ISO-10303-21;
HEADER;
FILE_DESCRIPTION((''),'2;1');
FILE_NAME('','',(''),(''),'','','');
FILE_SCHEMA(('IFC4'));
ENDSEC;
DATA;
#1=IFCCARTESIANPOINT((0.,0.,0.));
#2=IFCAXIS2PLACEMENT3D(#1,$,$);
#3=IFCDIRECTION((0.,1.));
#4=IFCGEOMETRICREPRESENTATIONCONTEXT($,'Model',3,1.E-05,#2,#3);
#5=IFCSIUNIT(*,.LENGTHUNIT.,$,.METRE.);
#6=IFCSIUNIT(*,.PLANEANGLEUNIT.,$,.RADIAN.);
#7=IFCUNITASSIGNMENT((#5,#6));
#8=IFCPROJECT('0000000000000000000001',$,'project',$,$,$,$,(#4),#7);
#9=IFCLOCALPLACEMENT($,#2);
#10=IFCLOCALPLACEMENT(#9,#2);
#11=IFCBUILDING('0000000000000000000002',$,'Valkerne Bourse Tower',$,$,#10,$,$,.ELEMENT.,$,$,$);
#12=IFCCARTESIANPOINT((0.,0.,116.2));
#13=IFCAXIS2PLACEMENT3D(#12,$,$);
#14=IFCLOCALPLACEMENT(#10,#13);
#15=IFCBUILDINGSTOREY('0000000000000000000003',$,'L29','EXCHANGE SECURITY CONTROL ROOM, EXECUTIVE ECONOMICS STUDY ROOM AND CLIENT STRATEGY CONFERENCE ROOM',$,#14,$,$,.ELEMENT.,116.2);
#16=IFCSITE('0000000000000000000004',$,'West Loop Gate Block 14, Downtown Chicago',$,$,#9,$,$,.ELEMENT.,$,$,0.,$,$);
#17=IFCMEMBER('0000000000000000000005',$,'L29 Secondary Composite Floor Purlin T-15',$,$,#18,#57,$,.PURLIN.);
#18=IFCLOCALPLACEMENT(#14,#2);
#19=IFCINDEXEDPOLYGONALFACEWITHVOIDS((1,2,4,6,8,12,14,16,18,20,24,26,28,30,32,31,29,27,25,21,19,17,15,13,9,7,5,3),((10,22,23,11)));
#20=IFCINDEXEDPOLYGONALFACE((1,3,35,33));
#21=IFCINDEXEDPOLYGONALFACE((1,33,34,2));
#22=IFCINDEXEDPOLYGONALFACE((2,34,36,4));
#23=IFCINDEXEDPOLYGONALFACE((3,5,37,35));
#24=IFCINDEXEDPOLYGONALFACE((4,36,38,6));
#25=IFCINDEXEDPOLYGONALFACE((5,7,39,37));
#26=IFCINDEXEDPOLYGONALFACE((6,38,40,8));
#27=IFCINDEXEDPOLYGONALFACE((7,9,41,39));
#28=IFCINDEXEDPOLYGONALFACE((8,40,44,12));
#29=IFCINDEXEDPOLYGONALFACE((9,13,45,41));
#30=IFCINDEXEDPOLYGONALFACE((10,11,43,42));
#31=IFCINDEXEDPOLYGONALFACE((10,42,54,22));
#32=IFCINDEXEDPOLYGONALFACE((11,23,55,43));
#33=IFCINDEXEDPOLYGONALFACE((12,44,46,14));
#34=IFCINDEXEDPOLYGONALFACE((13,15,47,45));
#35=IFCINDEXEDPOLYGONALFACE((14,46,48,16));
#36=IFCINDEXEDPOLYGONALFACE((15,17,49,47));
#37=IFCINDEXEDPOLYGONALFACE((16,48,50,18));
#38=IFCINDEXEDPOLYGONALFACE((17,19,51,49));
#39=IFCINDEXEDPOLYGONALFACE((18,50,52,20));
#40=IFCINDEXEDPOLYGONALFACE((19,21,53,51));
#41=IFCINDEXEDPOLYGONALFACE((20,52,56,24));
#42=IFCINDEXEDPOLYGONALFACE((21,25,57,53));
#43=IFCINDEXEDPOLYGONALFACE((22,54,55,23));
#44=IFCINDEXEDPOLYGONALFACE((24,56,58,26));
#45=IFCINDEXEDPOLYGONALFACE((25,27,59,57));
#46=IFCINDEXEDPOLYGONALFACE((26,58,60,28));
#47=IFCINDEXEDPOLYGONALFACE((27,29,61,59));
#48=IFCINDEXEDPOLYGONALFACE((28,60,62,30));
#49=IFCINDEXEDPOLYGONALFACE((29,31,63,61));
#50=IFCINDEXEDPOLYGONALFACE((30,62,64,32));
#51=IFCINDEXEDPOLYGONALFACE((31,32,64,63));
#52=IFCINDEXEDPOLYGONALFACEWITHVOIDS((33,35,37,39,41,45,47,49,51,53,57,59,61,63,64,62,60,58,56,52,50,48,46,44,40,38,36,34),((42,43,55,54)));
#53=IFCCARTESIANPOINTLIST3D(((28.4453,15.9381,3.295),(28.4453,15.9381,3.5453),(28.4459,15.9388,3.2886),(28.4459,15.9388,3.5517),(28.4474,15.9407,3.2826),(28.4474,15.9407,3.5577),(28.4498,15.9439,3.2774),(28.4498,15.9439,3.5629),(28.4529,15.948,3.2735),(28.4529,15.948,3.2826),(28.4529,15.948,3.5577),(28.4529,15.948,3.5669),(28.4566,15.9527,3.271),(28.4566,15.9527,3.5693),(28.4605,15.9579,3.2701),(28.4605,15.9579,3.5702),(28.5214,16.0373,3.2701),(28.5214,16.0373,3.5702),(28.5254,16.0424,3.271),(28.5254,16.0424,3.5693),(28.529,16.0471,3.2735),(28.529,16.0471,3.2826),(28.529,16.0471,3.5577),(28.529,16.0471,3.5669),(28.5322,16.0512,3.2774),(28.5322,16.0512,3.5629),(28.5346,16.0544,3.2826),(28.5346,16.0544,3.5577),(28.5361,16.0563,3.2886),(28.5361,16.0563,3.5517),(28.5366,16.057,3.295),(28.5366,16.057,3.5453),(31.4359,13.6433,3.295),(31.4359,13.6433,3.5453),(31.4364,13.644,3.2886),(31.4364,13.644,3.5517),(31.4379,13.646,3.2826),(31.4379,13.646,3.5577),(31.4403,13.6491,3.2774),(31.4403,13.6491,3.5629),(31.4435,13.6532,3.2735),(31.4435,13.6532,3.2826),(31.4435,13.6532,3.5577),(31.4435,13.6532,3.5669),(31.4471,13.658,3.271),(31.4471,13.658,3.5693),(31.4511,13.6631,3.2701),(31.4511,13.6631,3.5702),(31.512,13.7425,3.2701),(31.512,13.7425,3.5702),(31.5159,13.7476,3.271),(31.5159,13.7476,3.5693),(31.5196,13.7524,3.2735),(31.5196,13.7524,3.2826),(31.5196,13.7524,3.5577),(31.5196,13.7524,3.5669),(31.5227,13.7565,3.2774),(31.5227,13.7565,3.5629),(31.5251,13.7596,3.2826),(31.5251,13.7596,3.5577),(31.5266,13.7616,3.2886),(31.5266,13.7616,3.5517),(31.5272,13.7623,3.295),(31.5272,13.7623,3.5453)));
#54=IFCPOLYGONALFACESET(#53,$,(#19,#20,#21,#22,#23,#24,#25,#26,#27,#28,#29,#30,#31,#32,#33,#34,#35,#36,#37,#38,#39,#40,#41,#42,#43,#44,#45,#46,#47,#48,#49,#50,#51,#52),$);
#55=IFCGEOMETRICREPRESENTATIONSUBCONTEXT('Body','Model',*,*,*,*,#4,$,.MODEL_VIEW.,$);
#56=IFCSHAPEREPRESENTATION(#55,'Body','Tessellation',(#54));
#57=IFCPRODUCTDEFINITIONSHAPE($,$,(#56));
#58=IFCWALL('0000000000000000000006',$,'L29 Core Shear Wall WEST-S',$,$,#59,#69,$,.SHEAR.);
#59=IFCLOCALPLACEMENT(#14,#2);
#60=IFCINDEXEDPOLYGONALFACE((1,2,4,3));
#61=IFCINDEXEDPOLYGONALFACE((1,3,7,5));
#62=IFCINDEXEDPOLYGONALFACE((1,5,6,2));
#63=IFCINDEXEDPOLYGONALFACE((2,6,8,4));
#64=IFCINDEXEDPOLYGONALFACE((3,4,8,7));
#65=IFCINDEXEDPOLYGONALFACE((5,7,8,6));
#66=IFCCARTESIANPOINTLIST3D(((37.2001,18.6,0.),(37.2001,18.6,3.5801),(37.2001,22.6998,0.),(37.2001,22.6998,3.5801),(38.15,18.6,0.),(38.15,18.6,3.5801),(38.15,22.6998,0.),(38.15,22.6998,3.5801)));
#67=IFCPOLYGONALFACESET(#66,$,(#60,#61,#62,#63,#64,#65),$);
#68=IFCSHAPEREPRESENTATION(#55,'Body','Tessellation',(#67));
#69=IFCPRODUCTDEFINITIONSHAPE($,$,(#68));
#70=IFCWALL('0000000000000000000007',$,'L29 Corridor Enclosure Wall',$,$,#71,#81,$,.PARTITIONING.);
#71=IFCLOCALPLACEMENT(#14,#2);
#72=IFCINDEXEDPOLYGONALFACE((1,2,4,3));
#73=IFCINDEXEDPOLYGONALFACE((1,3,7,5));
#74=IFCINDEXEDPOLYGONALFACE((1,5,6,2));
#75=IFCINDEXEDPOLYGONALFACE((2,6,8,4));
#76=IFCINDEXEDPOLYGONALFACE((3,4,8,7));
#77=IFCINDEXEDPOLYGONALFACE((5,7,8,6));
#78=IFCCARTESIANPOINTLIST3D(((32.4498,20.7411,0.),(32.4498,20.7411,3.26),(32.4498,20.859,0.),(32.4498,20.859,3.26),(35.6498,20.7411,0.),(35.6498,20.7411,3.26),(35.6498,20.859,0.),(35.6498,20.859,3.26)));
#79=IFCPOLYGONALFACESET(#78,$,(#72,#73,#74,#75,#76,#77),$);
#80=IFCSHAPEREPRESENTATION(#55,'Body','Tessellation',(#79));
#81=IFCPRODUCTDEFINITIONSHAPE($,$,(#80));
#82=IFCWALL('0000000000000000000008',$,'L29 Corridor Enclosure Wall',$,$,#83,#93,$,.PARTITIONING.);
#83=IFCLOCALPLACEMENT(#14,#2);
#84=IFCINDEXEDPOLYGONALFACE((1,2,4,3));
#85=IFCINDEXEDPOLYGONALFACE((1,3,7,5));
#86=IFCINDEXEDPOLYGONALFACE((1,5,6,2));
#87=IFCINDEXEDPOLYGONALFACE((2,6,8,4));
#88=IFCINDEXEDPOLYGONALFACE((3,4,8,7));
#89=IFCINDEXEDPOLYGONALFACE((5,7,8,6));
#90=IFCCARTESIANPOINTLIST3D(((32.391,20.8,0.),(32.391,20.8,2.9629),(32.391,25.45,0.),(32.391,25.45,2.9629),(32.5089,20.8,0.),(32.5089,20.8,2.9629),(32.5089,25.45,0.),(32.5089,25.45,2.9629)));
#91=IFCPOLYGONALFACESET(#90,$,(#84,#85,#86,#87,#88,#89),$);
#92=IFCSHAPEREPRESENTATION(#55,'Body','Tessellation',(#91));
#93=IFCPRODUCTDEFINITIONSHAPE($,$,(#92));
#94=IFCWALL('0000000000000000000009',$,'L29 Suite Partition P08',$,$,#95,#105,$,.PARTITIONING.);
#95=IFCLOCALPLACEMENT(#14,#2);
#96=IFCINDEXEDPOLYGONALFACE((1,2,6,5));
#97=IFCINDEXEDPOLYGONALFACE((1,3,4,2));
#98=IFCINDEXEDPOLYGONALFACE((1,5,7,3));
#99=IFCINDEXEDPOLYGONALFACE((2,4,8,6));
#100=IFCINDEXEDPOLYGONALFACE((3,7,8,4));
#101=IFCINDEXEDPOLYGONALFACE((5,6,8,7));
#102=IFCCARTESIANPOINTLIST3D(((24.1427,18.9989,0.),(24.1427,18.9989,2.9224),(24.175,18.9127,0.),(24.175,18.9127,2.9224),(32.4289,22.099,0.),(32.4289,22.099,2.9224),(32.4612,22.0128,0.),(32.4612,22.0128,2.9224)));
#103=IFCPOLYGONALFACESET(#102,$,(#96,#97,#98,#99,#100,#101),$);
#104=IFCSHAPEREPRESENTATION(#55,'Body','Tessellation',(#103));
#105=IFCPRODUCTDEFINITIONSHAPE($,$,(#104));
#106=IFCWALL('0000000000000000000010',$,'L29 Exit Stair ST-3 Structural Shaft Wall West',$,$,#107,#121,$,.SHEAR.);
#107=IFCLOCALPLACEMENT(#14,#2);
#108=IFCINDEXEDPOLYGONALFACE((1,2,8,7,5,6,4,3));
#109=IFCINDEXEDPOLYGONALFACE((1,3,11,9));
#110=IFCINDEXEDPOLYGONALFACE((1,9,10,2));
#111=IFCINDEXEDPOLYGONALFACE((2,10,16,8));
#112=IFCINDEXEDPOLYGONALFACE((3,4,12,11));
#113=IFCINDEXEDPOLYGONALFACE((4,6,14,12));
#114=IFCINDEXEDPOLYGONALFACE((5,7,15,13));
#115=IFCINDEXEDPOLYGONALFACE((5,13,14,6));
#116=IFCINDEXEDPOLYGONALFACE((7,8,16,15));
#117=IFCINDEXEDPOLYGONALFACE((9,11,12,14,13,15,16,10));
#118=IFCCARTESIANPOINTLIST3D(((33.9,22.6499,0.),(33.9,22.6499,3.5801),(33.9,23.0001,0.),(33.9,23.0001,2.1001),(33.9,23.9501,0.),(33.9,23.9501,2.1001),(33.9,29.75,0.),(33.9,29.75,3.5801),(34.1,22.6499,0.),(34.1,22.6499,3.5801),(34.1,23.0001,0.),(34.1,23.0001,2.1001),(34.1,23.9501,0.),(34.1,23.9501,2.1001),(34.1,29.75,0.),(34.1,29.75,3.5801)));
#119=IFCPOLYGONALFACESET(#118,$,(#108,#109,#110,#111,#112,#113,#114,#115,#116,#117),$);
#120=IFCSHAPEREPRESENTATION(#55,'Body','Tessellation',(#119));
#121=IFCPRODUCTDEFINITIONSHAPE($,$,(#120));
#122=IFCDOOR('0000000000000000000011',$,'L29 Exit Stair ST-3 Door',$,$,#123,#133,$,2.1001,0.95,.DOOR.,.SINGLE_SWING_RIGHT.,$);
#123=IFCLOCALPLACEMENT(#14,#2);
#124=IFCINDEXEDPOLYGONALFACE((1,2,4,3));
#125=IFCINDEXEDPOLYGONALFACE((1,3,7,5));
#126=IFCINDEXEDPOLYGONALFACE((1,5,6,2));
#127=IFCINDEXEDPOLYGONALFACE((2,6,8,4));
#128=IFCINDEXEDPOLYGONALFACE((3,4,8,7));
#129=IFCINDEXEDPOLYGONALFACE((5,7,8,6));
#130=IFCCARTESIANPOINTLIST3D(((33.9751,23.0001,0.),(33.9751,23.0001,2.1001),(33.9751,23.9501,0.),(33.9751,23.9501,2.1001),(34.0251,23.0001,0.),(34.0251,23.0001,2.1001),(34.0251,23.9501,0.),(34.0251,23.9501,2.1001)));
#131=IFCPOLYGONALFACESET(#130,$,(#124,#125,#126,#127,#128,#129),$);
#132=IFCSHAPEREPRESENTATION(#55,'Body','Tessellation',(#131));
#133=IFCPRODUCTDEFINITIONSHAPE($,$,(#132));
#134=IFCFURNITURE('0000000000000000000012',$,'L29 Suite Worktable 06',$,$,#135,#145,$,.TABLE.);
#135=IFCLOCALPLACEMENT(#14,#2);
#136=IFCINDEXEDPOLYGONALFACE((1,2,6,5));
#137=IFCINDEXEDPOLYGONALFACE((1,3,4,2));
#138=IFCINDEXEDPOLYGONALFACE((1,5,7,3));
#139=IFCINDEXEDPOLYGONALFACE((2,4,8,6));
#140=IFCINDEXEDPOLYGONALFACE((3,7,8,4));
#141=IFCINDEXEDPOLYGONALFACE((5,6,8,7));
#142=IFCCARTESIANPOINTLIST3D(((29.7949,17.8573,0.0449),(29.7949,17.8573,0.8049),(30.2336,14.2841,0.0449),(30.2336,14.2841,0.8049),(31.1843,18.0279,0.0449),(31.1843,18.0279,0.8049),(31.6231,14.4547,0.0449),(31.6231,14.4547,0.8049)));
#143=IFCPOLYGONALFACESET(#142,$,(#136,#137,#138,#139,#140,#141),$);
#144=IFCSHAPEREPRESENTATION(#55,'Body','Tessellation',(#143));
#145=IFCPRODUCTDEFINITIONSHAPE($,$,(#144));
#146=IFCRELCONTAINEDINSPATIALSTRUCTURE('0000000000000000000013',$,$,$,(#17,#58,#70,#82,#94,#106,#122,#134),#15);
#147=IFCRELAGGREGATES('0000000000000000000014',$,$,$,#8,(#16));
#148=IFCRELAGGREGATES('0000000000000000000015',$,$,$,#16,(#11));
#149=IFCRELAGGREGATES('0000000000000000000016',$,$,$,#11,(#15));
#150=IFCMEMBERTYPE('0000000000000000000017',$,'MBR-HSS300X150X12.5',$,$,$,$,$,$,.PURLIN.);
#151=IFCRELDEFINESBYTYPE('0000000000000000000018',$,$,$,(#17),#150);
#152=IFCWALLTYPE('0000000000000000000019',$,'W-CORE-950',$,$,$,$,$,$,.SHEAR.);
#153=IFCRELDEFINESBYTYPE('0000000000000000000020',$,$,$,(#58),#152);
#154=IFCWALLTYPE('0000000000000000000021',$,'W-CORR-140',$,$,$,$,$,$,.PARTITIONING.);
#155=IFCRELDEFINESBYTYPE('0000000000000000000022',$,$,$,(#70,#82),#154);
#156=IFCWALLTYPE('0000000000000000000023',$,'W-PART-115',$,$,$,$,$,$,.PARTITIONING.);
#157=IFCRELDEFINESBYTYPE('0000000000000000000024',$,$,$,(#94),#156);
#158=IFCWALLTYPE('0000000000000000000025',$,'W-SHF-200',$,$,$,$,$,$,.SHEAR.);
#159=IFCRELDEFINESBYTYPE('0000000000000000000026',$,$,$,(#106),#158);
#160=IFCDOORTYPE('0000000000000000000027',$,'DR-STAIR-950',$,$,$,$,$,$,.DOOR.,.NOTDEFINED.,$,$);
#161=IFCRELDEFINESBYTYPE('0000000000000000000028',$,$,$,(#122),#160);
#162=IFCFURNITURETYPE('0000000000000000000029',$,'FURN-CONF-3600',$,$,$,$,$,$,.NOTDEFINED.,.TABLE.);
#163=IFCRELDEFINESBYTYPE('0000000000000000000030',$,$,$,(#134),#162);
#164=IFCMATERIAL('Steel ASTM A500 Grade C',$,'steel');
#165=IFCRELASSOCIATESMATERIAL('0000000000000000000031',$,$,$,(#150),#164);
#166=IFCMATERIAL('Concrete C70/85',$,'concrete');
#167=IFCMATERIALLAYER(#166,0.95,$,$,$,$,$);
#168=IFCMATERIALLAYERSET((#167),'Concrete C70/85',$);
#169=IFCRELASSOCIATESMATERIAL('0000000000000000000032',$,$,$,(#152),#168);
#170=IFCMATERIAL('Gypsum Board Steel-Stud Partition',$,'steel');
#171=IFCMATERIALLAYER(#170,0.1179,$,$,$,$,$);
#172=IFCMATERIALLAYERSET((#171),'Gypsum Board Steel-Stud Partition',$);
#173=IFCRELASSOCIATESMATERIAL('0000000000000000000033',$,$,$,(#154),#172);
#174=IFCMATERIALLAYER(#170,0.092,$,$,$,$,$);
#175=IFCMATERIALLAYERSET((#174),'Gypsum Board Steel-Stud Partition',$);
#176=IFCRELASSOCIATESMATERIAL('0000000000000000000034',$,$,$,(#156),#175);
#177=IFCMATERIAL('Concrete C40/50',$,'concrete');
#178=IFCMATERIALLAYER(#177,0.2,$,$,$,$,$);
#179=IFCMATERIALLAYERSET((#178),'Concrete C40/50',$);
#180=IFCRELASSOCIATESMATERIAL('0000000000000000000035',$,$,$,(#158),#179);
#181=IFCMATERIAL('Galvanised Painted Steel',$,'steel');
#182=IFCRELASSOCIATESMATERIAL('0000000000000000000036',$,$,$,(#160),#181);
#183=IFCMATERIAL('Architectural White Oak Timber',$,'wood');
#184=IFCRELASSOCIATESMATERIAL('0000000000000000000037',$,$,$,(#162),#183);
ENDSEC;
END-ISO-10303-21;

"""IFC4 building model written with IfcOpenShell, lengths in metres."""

from ifc_helpers import new_model, si_unit, direction, frame, frame_2d, origin, origin_2d, place, context, subcontext, project, spatial, rectangle, hollow_rectangle, extrude, material, layer, layer_set, material_profile, profile_set, type_object, element, fill, save


model = new_model("IFC4")

# Units and contexts
model_context = context("Model", 3, precision=1e-05, world=origin(), true_north=direction((0.0, 1.0)))
body_context = subcontext(model_context, "Body", "Model", "MODEL_VIEW")
ifc_project = project(units=[si_unit("LENGTHUNIT", "METRE"), si_unit("PLANEANGLEUNIT", "RADIAN")], contexts=[model_context])

# Site, building, storey
site_placement = place(None, origin())
site = spatial("IfcSite", under=ifc_project, at=site_placement, Name="West Loop Gate Block 14, Downtown Chicago", CompositionType="ELEMENT", RefElevation=0.0)
building_placement = place(site_placement, origin())
building = spatial("IfcBuilding", under=site, at=building_placement, Name="Valkerne Bourse Tower", CompositionType="ELEMENT")
storey_placement = place(building_placement, frame((0.0, 0.0, 116.2)))
storey = spatial("IfcBuildingStorey", under=building, at=storey_placement, Name="L29", Description="EXCHANGE SECURITY CONTROL ROOM, EXECUTIVE ECONOMICS STUDY ROOM AND CLIENT STRATEGY CONFERENCE ROOM", CompositionType="ELEMENT", Elevation=116.2)

# Member
ifc_material_1 = material(Name="Steel ASTM A500 Grade C", Category="steel")
ifc_material_profile_1 = material_profile(ifc_material_1, hollow_rectangle(XDim=0.1499, YDim=0.3, WallThickness=0.0125, OuterFilletRadius=0.0249, at=origin_2d()), Name="HSS300X150X12.5")
ifc_profile_set_1 = profile_set([ifc_material_profile_1], Name="Steel ASTM A500 Grade C")
member_type_1 = type_object("IfcMemberType", Name="MBR-HSS300X150X12.5", PredefinedType="PURLIN", material=ifc_profile_set_1)
member_1_placement = place(storey_placement, frame((28.491, 15.9976, 3.4202), z_axis=(0.793353, -0.608762, 0.0), x_axis=(0.608762, 0.793353, 0.0)))
element("IfcMember", 1, at=member_1_placement, inside=storey, type_object=member_type_1, Name="L29 Secondary Composite Floor Purlin T-15", PredefinedType="PURLIN", context=body_context, shape_type="SweptSolid", body=[
    extrude(hollow_rectangle(XDim=0.1499, YDim=0.3, WallThickness=0.0125, OuterFilletRadius=0.0249, at=origin_2d()), origin(), (0.0, 0.0, 1.0), 3.7695),
])

# Shared definitions
ifc_material_2 = material(Name="Concrete C70/85", Category="concrete")
ifc_layer_1 = layer(ifc_material_2, 0.95)
ifc_layer_set_1 = layer_set([ifc_layer_1], Name="Concrete C70/85")
wall_type_1 = type_object("IfcWallType", Name="W-CORE-950", PredefinedType="SHEAR", material=ifc_layer_set_1)
ifc_material_3 = material(Name="Galvanised Painted Steel", Category="steel")

# Walls
wall_1_placement = place(storey_placement, frame((37.675, 18.6001, 0.0), z_axis=(0.0, 0.0, 1.0), x_axis=(0.0, 1.0, 0.0)))
element("IfcWall", 2, at=wall_1_placement, inside=storey, type_object=wall_type_1, Name="L29 Core Shear Wall WEST-S", PredefinedType="SHEAR", context=body_context, shape_type="SweptSolid", body=[
    extrude(rectangle(XDim=4.0999, YDim=0.95, at=frame_2d((2.0498, 0.0))), origin(), (0.0, 0.0, 1.0), 3.5801),
])
ifc_material_4 = material(Name="Gypsum Board Steel-Stud Partition", Category="steel")
ifc_layer_2 = layer(ifc_material_4, 0.1179)
ifc_layer_set_2 = layer_set([ifc_layer_2], Name="Gypsum Board Steel-Stud Partition")
wall_type_2 = type_object("IfcWallType", Name="W-CORR-140", PredefinedType="PARTITIONING", material=ifc_layer_set_2)
wall_2_placement = place(storey_placement, frame((35.6499, 20.8, 0.0), z_axis=(0.0, 0.0, 1.0), x_axis=(-1.0, 0.0, 0.0)))
element("IfcWall", 3, at=wall_2_placement, inside=storey, type_object=wall_type_2, Name="L29 Corridor Enclosure Wall", PredefinedType="PARTITIONING", context=body_context, shape_type="SweptSolid", body=[
    extrude(rectangle(XDim=3.2, YDim=0.1179, at=frame_2d((1.6001, 0.0))), origin(), (0.0, 0.0, 1.0), 3.26),
])
wall_3_placement = place(storey_placement, frame((32.45, 20.8, 0.0), z_axis=(0.0, 0.0, 1.0), x_axis=(0.0, 1.0, 0.0)))
element("IfcWall", 4, at=wall_3_placement, inside=storey, type_object=wall_type_2, Name="L29 Corridor Enclosure Wall", PredefinedType="PARTITIONING", context=body_context, shape_type="SweptSolid", body=[
    extrude(rectangle(XDim=4.6499, YDim=0.1179, at=frame_2d((2.325, 0.0))), origin(), (0.0, 0.0, 1.0), 2.9629),
])
ifc_layer_3 = layer(ifc_material_4, 0.092)
ifc_layer_set_3 = layer_set([ifc_layer_3], Name="Gypsum Board Steel-Stud Partition")
wall_type_3 = type_object("IfcWallType", Name="W-PART-115", PredefinedType="PARTITIONING", material=ifc_layer_set_3)
wall_4_placement = place(storey_placement, frame((32.4451, 22.0559, 0.0), z_axis=(0.0, 0.0, 1.0), x_axis=(-0.936597, -0.35041, 0.0)))
element("IfcWall", 5, at=wall_4_placement, inside=storey, type_object=wall_type_3, Name="L29 Suite Partition P08", PredefinedType="PARTITIONING", context=body_context, shape_type="SweptSolid", body=[
    extrude(rectangle(XDim=8.8472, YDim=0.092, at=frame_2d((4.4236, 0.0))), origin(), (0.0, 0.0, 1.0), 2.9224),
])

# Wall, opening, door
ifc_material_5 = material(Name="Concrete C40/50", Category="concrete")
ifc_layer_4 = layer(ifc_material_5, 0.2)
ifc_layer_set_4 = layer_set([ifc_layer_4], Name="Concrete C40/50")
wall_type_4 = type_object("IfcWallType", Name="W-SHF-200", PredefinedType="SHEAR", material=ifc_layer_set_4)
wall_5_placement = place(storey_placement, frame((34.0, 22.6499, 0.0), z_axis=(0.0, 0.0, 1.0), x_axis=(0.0, 1.0, 0.0)))
wall_5 = element("IfcWall", 6, at=wall_5_placement, inside=storey, type_object=wall_type_4, Name="L29 Exit Stair ST-3 Structural Shaft Wall West", PredefinedType="SHEAR", context=body_context, shape_type="SweptSolid", body=[
    extrude(rectangle(XDim=7.1001, YDim=0.2, at=frame_2d((3.55, 0.0))), origin(), (0.0, 0.0, 1.0), 3.5801),
])
opening_1_placement = place(wall_5_placement, frame((0.3501, 0.0, 0.0)))
opening_1 = element("IfcOpeningElement", 7, at=opening_1_placement, cuts=wall_5, PredefinedType="OPENING", context=body_context, shape_type="SweptSolid", body=[
    extrude(rectangle(XDim=0.95, YDim=2.1001, at=frame_2d((0.4751, 1.05))), frame((0.0, 0.1099, 0.0), z_axis=(0.0, -1.0, 0.0), x_axis=(1.0, 0.0, 0.0)), (0.0, 0.0, 1.0), 0.22),
])
door_type_1 = type_object("IfcDoorType", Name="DR-STAIR-950", OperationType="NOTDEFINED", PredefinedType="DOOR", material=ifc_material_3)
door_1_placement = place(opening_1_placement, origin())
door_1 = element("IfcDoor", 8, at=door_1_placement, inside=storey, type_object=door_type_1, Name="L29 Exit Stair ST-3 Door", OperationType="SINGLE_SWING_RIGHT", OverallHeight=2.1001, OverallWidth=0.95, PredefinedType="DOOR", context=body_context, shape_type="SweptSolid", body=[
    extrude(rectangle(XDim=0.95, YDim=2.1001, at=frame_2d((0.4751, 1.05))), frame((0.0, 0.0249, 0.0), z_axis=(0.0, -1.0, 0.0), x_axis=(1.0, 0.0, 0.0)), (0.0, 0.0, 1.0), 0.05),
])
fill(opening_1, door_1)

# Furniture
ifc_material_6 = material(Name="Architectural White Oak Timber", Category="wood")
furniture_type = type_object("IfcFurnitureType", Name="FURN-CONF-3600", AssemblyPlace="NOTDEFINED", PredefinedType="TABLE", material=ifc_material_6)
furniture_placement = place(storey_placement, frame((30.709, 16.156, 0.0449), z_axis=(0.0, 0.0, 1.0), x_axis=(-0.121869, 0.992546, 0.0)))
element("IfcFurniture", 9, at=furniture_placement, inside=storey, type_object=furniture_type, Name="L29 Suite Worktable 06", PredefinedType="TABLE", context=body_context, shape_type="SweptSolid", body=[
    extrude(rectangle(XDim=3.6001, YDim=1.3999, at=origin_2d()), origin(), (0.0, 0.0, 1.0), 0.76),
])

save(model, "model.ifc")
